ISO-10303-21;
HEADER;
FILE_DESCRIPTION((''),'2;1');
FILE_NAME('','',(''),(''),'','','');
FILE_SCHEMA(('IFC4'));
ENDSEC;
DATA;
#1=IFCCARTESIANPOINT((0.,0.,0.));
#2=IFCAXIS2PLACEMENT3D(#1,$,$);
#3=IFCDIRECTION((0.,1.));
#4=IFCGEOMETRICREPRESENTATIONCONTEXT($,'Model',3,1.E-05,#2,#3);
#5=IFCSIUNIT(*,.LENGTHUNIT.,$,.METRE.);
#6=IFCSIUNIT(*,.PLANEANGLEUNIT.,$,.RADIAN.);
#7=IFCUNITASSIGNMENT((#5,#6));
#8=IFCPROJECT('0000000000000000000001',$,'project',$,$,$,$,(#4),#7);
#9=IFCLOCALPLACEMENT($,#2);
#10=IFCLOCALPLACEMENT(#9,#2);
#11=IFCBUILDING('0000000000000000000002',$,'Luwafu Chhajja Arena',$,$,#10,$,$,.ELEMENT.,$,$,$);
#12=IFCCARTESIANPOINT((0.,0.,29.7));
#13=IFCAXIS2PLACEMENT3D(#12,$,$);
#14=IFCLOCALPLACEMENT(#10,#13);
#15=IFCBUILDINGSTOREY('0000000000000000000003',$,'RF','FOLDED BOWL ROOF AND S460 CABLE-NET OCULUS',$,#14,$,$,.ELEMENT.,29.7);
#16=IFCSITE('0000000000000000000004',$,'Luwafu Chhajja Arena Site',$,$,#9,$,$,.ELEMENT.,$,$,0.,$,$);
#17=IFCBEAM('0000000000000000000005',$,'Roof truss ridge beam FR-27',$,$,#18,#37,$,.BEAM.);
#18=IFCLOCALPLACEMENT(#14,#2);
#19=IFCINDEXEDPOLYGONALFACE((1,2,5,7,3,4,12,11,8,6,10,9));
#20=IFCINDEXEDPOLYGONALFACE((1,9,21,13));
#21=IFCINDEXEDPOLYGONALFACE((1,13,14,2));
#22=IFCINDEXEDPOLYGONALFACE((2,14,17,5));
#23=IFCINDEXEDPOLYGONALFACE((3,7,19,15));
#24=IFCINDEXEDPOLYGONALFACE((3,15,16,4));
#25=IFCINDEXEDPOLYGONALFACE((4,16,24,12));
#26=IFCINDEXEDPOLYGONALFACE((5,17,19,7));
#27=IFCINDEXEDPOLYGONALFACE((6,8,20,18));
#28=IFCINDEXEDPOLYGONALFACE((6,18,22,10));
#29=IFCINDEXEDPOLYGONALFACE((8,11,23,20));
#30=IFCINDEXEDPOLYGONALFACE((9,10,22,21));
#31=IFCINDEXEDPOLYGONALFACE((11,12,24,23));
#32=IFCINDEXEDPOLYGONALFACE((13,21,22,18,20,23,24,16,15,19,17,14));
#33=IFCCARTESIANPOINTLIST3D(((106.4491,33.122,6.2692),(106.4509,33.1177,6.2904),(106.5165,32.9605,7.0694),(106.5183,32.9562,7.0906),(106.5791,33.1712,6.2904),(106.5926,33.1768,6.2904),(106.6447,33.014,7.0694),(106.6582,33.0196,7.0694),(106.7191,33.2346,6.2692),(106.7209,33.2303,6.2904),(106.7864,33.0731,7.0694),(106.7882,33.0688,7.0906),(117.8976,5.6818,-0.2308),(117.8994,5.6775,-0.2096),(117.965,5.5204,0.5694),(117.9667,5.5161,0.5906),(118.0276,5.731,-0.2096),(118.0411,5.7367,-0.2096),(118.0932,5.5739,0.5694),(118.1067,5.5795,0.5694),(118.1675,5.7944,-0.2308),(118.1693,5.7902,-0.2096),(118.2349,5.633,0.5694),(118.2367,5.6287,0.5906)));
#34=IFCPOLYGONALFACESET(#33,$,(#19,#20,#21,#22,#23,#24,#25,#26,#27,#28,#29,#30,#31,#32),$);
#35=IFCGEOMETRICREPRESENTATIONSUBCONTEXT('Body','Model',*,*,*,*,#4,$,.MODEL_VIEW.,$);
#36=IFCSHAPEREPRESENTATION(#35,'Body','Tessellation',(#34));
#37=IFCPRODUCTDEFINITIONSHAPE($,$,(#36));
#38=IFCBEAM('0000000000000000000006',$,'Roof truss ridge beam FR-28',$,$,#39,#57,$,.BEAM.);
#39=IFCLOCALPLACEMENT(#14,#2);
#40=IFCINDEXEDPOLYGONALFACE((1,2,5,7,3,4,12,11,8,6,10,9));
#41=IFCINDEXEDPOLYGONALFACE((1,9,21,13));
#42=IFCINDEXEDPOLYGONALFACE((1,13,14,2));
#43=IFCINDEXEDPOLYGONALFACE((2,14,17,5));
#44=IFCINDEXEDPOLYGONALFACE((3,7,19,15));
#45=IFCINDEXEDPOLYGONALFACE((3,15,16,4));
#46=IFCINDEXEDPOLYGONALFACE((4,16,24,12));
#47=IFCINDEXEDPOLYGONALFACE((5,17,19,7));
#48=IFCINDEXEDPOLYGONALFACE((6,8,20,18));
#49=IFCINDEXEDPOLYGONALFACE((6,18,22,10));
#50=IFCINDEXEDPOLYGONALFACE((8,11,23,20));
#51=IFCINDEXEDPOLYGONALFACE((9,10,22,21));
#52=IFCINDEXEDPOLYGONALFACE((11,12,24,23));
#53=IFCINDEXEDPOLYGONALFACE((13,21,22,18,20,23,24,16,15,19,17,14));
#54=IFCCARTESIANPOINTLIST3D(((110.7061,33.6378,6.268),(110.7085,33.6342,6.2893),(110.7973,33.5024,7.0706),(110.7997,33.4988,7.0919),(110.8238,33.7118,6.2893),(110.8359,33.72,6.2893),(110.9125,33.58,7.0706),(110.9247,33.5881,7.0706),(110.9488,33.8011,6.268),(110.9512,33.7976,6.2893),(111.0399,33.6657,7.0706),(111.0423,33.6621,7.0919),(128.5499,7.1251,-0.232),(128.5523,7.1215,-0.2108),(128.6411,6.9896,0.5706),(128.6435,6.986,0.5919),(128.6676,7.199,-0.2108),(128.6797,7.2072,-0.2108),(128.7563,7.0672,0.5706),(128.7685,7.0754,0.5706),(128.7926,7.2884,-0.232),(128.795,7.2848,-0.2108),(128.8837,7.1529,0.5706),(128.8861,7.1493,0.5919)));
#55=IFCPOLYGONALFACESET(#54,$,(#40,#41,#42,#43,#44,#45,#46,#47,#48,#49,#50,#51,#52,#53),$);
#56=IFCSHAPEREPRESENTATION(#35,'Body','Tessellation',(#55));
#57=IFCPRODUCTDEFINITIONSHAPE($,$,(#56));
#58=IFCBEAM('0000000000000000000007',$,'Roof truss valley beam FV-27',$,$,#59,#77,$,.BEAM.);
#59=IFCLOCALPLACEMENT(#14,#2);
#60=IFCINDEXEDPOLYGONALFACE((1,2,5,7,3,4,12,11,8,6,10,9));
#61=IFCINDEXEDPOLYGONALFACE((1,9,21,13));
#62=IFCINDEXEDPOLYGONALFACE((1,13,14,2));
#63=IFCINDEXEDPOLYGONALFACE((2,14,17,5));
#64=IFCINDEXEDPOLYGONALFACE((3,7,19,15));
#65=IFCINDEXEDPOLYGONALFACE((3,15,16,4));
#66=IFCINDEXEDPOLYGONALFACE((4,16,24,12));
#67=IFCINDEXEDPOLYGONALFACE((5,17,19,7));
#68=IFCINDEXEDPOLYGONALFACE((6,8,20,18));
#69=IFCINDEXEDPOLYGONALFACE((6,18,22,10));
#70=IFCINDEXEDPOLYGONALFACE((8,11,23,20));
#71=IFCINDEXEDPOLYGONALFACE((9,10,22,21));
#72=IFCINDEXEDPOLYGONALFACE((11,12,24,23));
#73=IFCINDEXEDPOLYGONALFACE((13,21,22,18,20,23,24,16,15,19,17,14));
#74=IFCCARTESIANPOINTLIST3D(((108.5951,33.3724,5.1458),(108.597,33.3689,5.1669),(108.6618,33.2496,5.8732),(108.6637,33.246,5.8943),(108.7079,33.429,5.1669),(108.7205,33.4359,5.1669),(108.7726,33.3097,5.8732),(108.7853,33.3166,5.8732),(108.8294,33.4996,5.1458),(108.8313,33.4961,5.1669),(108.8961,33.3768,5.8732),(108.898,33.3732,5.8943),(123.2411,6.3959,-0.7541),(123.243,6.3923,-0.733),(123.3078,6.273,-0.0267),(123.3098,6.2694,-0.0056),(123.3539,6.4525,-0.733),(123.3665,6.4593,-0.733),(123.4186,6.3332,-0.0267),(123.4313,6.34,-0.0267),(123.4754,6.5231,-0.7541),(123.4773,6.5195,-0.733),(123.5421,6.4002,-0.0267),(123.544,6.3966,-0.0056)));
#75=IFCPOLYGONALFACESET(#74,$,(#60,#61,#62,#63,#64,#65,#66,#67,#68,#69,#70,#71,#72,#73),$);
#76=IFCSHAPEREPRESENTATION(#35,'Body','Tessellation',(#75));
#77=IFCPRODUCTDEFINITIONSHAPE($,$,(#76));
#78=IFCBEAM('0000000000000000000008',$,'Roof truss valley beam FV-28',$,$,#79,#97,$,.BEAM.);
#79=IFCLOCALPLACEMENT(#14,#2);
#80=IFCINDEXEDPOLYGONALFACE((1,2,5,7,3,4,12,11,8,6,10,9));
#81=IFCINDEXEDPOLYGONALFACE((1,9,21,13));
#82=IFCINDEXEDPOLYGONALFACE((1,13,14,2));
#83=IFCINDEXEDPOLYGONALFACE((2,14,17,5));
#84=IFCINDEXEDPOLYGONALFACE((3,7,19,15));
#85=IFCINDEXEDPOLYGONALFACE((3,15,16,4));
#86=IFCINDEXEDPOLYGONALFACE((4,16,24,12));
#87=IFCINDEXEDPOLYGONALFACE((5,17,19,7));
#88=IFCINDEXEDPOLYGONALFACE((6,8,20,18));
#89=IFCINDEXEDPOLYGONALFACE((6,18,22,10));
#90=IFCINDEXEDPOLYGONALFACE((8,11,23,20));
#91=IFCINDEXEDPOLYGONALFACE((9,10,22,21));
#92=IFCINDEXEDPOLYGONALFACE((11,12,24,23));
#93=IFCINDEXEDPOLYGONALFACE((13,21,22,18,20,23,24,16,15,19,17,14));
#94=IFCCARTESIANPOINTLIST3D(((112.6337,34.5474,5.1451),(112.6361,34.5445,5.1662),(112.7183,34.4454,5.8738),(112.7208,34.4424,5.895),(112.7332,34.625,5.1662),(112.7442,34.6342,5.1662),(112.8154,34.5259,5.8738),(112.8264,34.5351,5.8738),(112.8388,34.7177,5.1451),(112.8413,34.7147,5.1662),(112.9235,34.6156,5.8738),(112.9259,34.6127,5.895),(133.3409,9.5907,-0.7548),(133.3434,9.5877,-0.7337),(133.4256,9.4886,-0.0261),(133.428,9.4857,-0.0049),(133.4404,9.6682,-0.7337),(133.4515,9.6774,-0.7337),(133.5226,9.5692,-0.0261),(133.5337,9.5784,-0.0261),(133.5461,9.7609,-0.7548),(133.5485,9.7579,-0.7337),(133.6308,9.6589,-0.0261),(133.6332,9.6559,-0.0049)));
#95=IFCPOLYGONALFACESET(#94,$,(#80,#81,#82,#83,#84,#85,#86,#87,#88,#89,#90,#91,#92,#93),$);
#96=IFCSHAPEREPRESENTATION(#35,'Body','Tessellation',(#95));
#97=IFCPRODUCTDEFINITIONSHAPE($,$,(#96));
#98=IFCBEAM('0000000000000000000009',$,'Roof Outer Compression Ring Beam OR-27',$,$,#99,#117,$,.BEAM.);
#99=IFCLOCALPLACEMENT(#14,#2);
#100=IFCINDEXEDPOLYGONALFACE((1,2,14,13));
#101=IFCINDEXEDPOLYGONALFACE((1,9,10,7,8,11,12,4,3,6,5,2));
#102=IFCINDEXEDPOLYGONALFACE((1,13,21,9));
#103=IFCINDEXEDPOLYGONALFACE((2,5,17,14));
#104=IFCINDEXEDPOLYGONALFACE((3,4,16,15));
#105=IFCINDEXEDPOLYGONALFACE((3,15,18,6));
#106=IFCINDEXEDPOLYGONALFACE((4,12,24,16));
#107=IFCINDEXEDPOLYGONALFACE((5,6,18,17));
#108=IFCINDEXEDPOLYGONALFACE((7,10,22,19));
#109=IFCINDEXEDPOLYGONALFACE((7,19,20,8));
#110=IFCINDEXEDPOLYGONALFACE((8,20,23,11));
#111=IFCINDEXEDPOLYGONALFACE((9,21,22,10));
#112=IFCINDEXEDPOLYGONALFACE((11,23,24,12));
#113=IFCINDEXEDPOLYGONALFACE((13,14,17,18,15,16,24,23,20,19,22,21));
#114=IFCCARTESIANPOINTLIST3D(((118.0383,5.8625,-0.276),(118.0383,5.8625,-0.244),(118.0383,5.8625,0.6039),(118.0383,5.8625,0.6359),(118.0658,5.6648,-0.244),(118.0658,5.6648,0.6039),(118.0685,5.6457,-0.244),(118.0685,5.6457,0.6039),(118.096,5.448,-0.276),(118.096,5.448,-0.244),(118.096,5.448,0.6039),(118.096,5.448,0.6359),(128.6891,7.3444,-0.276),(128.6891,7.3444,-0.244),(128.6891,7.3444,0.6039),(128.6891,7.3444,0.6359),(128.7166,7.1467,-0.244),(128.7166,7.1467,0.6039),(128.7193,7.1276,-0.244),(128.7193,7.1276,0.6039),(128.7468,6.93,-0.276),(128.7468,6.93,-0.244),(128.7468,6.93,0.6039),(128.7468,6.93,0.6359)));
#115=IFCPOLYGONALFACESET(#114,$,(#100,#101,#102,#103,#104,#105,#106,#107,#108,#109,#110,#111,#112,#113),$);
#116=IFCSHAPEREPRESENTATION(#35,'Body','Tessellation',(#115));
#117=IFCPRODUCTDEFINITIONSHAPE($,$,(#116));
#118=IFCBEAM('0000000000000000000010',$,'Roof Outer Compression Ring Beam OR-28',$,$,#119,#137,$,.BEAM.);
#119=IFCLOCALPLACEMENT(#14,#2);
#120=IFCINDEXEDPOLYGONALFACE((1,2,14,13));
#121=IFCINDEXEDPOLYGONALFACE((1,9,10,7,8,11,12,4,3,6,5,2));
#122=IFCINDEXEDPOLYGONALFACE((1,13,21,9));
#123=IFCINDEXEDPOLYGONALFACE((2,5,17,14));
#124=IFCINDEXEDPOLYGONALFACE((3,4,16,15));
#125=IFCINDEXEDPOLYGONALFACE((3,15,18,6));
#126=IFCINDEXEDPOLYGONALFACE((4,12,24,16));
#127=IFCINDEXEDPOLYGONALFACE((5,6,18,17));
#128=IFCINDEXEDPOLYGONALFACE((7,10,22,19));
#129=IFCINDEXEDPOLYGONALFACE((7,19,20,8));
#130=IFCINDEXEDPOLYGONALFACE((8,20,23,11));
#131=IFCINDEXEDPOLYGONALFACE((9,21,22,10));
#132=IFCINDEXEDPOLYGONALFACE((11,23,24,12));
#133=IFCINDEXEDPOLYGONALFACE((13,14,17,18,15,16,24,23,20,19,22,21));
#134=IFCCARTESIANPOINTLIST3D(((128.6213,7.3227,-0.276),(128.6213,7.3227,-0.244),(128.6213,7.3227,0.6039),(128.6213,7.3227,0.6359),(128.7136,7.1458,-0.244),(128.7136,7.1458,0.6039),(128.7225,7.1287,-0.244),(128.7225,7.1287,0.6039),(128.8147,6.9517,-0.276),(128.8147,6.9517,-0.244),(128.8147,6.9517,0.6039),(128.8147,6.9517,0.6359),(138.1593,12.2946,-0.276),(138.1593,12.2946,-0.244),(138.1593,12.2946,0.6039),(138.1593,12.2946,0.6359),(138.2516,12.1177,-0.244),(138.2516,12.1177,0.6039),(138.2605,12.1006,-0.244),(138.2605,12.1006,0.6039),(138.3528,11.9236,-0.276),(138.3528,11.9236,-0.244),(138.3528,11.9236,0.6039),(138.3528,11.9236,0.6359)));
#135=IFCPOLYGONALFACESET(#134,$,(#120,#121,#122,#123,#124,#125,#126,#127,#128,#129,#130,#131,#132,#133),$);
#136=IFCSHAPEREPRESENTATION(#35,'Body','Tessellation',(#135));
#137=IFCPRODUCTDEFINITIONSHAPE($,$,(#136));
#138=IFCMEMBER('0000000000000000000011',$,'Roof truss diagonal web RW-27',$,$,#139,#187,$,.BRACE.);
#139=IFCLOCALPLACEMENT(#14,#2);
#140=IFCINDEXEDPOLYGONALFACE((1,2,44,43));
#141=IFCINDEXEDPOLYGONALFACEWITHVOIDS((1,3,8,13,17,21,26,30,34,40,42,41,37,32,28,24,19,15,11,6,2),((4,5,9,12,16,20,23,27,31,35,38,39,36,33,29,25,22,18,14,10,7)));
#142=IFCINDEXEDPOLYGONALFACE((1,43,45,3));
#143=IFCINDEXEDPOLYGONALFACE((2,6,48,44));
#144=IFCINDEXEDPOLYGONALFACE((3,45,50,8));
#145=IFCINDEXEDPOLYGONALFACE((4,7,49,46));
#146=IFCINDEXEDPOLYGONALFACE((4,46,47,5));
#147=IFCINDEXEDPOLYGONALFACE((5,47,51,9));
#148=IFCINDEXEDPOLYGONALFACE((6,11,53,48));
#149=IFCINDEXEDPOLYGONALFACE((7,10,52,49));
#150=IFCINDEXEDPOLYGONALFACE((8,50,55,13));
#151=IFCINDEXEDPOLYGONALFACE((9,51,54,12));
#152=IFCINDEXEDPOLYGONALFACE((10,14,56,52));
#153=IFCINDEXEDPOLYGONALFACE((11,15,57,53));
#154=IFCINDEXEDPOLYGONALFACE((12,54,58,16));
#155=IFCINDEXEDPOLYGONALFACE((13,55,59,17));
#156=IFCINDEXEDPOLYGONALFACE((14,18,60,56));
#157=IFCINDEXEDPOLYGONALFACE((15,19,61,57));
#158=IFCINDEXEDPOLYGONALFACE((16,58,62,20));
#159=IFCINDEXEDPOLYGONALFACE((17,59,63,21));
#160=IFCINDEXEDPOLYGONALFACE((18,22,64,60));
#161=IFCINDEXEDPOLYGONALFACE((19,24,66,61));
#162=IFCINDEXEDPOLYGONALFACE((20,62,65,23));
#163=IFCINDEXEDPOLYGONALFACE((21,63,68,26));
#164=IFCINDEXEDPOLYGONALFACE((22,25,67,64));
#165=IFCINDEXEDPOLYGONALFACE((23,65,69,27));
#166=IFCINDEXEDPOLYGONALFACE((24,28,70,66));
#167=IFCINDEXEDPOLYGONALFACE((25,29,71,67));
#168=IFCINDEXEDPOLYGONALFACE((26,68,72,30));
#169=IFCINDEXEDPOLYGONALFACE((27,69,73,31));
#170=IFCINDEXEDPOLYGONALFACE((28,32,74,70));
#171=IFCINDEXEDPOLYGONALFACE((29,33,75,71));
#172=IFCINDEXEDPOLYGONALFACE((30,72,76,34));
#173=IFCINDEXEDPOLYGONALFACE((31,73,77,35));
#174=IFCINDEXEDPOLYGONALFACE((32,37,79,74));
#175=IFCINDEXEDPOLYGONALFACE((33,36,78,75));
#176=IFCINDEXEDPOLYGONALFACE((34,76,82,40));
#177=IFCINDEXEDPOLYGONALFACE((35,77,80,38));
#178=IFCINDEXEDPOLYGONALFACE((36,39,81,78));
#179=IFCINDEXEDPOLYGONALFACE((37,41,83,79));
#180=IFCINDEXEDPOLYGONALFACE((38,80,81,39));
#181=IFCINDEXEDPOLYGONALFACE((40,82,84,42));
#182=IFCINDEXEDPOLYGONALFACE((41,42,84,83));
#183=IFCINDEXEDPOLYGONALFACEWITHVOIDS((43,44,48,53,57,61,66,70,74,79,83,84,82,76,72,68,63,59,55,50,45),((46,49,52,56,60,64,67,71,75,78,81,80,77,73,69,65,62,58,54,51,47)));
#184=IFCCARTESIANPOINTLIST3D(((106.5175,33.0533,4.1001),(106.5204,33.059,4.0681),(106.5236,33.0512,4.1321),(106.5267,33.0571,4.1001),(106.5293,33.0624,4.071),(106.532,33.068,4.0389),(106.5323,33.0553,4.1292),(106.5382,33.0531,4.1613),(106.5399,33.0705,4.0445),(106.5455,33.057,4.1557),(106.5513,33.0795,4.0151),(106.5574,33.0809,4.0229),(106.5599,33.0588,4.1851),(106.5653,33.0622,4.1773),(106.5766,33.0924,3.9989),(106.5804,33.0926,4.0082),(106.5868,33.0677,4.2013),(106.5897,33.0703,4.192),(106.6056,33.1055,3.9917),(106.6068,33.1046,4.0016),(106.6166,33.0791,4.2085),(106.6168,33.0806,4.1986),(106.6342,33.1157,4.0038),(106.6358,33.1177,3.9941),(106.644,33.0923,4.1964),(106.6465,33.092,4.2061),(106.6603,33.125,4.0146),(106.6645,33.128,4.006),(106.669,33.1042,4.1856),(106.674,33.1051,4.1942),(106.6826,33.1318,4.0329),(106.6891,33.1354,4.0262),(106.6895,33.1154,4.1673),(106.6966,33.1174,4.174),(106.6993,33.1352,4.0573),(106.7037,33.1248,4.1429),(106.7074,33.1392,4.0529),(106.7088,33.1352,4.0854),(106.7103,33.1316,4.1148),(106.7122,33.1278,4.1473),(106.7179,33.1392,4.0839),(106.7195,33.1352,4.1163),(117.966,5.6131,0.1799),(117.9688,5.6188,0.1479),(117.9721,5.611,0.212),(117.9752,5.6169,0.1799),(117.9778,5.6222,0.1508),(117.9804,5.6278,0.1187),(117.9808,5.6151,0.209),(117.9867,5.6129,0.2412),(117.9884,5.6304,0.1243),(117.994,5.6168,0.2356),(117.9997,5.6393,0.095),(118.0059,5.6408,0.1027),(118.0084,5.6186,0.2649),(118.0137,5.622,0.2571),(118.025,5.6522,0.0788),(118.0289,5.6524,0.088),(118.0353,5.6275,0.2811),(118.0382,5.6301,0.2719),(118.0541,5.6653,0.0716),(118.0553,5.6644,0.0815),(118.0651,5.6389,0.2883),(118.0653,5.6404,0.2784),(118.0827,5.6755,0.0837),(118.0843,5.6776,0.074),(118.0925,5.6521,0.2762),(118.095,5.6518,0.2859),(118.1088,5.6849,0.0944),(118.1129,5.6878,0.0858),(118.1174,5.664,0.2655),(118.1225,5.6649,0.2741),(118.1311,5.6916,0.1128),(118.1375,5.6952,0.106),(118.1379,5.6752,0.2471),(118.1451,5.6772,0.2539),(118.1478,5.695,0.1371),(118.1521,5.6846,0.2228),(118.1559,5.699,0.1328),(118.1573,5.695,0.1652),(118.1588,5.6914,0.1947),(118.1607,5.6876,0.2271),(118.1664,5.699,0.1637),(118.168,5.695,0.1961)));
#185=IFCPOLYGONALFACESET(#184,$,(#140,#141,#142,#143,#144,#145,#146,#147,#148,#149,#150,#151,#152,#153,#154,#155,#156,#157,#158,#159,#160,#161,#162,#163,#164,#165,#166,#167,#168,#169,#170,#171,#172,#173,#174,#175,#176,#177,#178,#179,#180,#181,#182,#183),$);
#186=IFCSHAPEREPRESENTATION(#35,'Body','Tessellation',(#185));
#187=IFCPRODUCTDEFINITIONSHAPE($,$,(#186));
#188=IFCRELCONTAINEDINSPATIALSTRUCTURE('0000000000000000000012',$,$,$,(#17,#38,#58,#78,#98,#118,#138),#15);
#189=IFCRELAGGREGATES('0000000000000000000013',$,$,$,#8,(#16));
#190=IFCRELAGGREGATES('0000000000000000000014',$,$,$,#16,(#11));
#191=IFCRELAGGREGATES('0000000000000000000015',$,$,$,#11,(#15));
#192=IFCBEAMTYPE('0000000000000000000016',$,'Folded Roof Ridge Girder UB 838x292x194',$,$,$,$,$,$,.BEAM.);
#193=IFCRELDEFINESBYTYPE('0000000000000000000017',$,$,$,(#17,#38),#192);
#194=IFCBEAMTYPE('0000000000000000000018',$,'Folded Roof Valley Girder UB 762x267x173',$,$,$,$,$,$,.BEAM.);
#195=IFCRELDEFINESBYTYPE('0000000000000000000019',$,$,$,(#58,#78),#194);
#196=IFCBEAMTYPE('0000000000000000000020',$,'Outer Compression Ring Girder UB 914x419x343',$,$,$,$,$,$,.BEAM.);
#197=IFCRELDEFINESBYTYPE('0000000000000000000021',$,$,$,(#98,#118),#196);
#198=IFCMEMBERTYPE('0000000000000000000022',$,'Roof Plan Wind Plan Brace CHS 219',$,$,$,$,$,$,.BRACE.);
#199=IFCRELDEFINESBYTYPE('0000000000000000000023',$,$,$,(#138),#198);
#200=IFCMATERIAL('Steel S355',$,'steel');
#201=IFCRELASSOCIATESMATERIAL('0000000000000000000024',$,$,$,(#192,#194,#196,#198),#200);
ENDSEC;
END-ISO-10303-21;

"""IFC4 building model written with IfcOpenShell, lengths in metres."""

from ifc_helpers import new_model, si_unit, direction, frame, origin, origin_2d, place, context, subcontext, project, spatial, hollow_circle, i_section, extrude, material, material_profile, profile_set, type_object, element, save


model = new_model("IFC4")

# Units and contexts
model_context = context("Model", 3, precision=1e-05, world=origin(), true_north=direction((0.0, 1.0)))
body_context = subcontext(model_context, "Body", "Model", "MODEL_VIEW")
ifc_project = project(units=[si_unit("LENGTHUNIT", "METRE"), si_unit("PLANEANGLEUNIT", "RADIAN")], contexts=[model_context])

# Site, building, storey
site_placement = place(None, origin())
site = spatial("IfcSite", under=ifc_project, at=site_placement, Name="Luwafu Chhajja Arena Site", CompositionType="ELEMENT", RefElevation=0.0)
building_placement = place(site_placement, origin())
building = spatial("IfcBuilding", under=site, at=building_placement, Name="Luwafu Chhajja Arena", CompositionType="ELEMENT")
storey_placement = place(building_placement, frame((0.0, 0.0, 29.7)))
storey = spatial("IfcBuildingStorey", under=building, at=storey_placement, Name="RF", Description="FOLDED BOWL ROOF AND S460 CABLE-NET OCULUS", CompositionType="ELEMENT", Elevation=29.7)

# Beams
ifc_material_1 = material(Name="Steel S355", Category="steel")
ifc_material_profile_1 = material_profile(ifc_material_1, i_section(OverallWidth=0.2925, OverallDepth=0.8408, WebThickness=0.0146, FlangeThickness=0.0217, at=origin_2d()), Name="UB 838x292x194")
ifc_profile_set_1 = profile_set([ifc_material_profile_1], Name="Steel S355")
beam_type_1 = type_object("IfcBeamType", Name="Folded Roof Ridge Girder UB 838x292x194", PredefinedType="BEAM", material=ifc_profile_set_1)
beam_1_placement = place(storey_placement, frame((118.0671, 5.6553, 0.1799), z_axis=(-0.376163, 0.901603, 0.213571), x_axis=(-0.922897, -0.385047, 0.0)))
element("IfcBeam", 1, at=beam_1_placement, inside=storey, type_object=beam_type_1, Name="Roof truss ridge beam FR-27", PredefinedType="BEAM", context=body_context, shape_type="SweptSolid", body=[
    extrude(i_section(OverallWidth=0.2925, OverallDepth=0.8408, WebThickness=0.0146, FlangeThickness=0.0217, at=origin_2d()), origin(), (0.0, 0.0, 1.0), 30.4348),
])
beam_2_placement = place(storey_placement, frame((128.718, 7.1372, 0.1799), z_axis=(-0.547145, 0.812962, 0.19931), x_axis=(-0.829607, -0.558348, 0.0)))
element("IfcBeam", 2, at=beam_2_placement, inside=storey, type_object=beam_type_1, Name="Roof truss ridge beam FR-28", PredefinedType="BEAM", context=body_context, shape_type="SweptSolid", body=[
    extrude(i_section(OverallWidth=0.2925, OverallDepth=0.8408, WebThickness=0.0146, FlangeThickness=0.0217, at=origin_2d()), origin(), (0.0, 0.0, 1.0), 32.6125),
])
ifc_material_profile_2 = material_profile(ifc_material_1, i_section(OverallWidth=0.2666, OverallDepth=0.7622, WebThickness=0.0144, FlangeThickness=0.0215, at=origin_2d()), Name="UB 762x267x173")
ifc_profile_set_2 = profile_set([ifc_material_profile_2], Name="Steel S355")
beam_type_2 = type_object("IfcBeamType", Name="Folded Roof Valley Girder UB 762x267x173", PredefinedType="BEAM", material=ifc_profile_set_2)
beam_3_placement = place(storey_placement, frame((123.3926, 6.3962, -0.3799), z_axis=(-0.468555, 0.863035, 0.18875), x_axis=(-0.878832, -0.477132, 0.0)))
element("IfcBeam", 3, at=beam_3_placement, inside=storey, type_object=beam_type_2, Name="Roof truss valley beam FV-27", PredefinedType="BEAM", context=body_context, shape_type="SweptSolid", body=[
    extrude(i_section(OverallWidth=0.2666, OverallDepth=0.7622, WebThickness=0.0144, FlangeThickness=0.0215, at=origin_2d()), origin(), (0.0, 0.0, 1.0), 31.2578),
])
beam_4_placement = place(storey_placement, frame((133.4871, 9.6233, -0.3799), z_axis=(-0.628232, 0.757156, 0.178995), x_axis=(-0.769585, -0.638544, 0.0)))
element("IfcBeam", 4, at=beam_4_placement, inside=storey, type_object=beam_type_2, Name="Roof truss valley beam FV-28", PredefinedType="BEAM", context=body_context, shape_type="SweptSolid", body=[
    extrude(i_section(OverallWidth=0.2666, OverallDepth=0.7622, WebThickness=0.0144, FlangeThickness=0.0215, at=origin_2d()), origin(), (0.0, 0.0, 1.0), 32.9612),
])
ifc_material_profile_3 = material_profile(ifc_material_1, i_section(OverallWidth=0.4185, OverallDepth=0.9119, WebThickness=0.0193, FlangeThickness=0.032, at=origin_2d()), Name="UB 914x419x343")
ifc_profile_set_3 = profile_set([ifc_material_profile_3], Name="Steel S355")
beam_type_3 = type_object("IfcBeamType", Name="Outer Compression Ring Girder UB 914x419x343", PredefinedType="BEAM", material=ifc_profile_set_3)
beam_5_placement = place(storey_placement, frame((118.0671, 5.6553, 0.1799), z_axis=(0.990459, 0.13781, 0.0), x_axis=(-0.13781, 0.990459, 0.0)))
element("IfcBeam", 5, at=beam_5_placement, inside=storey, type_object=beam_type_3, Name="Roof Outer Compression Ring Beam OR-27", PredefinedType="BEAM", context=body_context, shape_type="SweptSolid", body=[
    extrude(i_section(OverallWidth=0.4185, OverallDepth=0.9119, WebThickness=0.0193, FlangeThickness=0.032, at=origin_2d()), origin(), (0.0, 0.0, 1.0), 10.7534),
])
beam_6_placement = place(storey_placement, frame((128.718, 7.1372, 0.1799), z_axis=(0.886755, 0.462239, 0.0), x_axis=(-0.462239, 0.886755, 0.0)))
element("IfcBeam", 6, at=beam_6_placement, inside=storey, type_object=beam_type_3, Name="Roof Outer Compression Ring Beam OR-28", PredefinedType="BEAM", context=body_context, shape_type="SweptSolid", body=[
    extrude(i_section(OverallWidth=0.4185, OverallDepth=0.9119, WebThickness=0.0193, FlangeThickness=0.032, at=origin_2d()), origin(), (0.0, 0.0, 1.0), 10.7561),
])

# Member
ifc_material_profile_4 = material_profile(ifc_material_1, hollow_circle(Radius=0.1096, WallThickness=0.01, at=origin_2d()), Name="CHS 219.1x10")
ifc_profile_set_4 = profile_set([ifc_material_profile_4], Name="Steel S355")
member_type = type_object("IfcMemberType", Name="Roof Plan Wind Plan Brace CHS 219", PredefinedType="BRACE", material=ifc_profile_set_4)
member_1_placement = place(storey_placement, frame((118.0671, 5.6553, 0.1799), z_axis=(-0.381744, 0.914978, 0.130716), x_axis=(-0.922897, -0.385047, 0.0)))
element("IfcMember", 7, at=member_1_placement, inside=storey, type_object=member_type, Name="Roof truss diagonal web RW-27", PredefinedType="BRACE", context=body_context, shape_type="SweptSolid", body=[
    extrude(hollow_circle(Radius=0.1096, WallThickness=0.01, at=origin_2d()), origin(), (0.0, 0.0, 1.0), 29.99),
])

save(model, "model.ifc")
